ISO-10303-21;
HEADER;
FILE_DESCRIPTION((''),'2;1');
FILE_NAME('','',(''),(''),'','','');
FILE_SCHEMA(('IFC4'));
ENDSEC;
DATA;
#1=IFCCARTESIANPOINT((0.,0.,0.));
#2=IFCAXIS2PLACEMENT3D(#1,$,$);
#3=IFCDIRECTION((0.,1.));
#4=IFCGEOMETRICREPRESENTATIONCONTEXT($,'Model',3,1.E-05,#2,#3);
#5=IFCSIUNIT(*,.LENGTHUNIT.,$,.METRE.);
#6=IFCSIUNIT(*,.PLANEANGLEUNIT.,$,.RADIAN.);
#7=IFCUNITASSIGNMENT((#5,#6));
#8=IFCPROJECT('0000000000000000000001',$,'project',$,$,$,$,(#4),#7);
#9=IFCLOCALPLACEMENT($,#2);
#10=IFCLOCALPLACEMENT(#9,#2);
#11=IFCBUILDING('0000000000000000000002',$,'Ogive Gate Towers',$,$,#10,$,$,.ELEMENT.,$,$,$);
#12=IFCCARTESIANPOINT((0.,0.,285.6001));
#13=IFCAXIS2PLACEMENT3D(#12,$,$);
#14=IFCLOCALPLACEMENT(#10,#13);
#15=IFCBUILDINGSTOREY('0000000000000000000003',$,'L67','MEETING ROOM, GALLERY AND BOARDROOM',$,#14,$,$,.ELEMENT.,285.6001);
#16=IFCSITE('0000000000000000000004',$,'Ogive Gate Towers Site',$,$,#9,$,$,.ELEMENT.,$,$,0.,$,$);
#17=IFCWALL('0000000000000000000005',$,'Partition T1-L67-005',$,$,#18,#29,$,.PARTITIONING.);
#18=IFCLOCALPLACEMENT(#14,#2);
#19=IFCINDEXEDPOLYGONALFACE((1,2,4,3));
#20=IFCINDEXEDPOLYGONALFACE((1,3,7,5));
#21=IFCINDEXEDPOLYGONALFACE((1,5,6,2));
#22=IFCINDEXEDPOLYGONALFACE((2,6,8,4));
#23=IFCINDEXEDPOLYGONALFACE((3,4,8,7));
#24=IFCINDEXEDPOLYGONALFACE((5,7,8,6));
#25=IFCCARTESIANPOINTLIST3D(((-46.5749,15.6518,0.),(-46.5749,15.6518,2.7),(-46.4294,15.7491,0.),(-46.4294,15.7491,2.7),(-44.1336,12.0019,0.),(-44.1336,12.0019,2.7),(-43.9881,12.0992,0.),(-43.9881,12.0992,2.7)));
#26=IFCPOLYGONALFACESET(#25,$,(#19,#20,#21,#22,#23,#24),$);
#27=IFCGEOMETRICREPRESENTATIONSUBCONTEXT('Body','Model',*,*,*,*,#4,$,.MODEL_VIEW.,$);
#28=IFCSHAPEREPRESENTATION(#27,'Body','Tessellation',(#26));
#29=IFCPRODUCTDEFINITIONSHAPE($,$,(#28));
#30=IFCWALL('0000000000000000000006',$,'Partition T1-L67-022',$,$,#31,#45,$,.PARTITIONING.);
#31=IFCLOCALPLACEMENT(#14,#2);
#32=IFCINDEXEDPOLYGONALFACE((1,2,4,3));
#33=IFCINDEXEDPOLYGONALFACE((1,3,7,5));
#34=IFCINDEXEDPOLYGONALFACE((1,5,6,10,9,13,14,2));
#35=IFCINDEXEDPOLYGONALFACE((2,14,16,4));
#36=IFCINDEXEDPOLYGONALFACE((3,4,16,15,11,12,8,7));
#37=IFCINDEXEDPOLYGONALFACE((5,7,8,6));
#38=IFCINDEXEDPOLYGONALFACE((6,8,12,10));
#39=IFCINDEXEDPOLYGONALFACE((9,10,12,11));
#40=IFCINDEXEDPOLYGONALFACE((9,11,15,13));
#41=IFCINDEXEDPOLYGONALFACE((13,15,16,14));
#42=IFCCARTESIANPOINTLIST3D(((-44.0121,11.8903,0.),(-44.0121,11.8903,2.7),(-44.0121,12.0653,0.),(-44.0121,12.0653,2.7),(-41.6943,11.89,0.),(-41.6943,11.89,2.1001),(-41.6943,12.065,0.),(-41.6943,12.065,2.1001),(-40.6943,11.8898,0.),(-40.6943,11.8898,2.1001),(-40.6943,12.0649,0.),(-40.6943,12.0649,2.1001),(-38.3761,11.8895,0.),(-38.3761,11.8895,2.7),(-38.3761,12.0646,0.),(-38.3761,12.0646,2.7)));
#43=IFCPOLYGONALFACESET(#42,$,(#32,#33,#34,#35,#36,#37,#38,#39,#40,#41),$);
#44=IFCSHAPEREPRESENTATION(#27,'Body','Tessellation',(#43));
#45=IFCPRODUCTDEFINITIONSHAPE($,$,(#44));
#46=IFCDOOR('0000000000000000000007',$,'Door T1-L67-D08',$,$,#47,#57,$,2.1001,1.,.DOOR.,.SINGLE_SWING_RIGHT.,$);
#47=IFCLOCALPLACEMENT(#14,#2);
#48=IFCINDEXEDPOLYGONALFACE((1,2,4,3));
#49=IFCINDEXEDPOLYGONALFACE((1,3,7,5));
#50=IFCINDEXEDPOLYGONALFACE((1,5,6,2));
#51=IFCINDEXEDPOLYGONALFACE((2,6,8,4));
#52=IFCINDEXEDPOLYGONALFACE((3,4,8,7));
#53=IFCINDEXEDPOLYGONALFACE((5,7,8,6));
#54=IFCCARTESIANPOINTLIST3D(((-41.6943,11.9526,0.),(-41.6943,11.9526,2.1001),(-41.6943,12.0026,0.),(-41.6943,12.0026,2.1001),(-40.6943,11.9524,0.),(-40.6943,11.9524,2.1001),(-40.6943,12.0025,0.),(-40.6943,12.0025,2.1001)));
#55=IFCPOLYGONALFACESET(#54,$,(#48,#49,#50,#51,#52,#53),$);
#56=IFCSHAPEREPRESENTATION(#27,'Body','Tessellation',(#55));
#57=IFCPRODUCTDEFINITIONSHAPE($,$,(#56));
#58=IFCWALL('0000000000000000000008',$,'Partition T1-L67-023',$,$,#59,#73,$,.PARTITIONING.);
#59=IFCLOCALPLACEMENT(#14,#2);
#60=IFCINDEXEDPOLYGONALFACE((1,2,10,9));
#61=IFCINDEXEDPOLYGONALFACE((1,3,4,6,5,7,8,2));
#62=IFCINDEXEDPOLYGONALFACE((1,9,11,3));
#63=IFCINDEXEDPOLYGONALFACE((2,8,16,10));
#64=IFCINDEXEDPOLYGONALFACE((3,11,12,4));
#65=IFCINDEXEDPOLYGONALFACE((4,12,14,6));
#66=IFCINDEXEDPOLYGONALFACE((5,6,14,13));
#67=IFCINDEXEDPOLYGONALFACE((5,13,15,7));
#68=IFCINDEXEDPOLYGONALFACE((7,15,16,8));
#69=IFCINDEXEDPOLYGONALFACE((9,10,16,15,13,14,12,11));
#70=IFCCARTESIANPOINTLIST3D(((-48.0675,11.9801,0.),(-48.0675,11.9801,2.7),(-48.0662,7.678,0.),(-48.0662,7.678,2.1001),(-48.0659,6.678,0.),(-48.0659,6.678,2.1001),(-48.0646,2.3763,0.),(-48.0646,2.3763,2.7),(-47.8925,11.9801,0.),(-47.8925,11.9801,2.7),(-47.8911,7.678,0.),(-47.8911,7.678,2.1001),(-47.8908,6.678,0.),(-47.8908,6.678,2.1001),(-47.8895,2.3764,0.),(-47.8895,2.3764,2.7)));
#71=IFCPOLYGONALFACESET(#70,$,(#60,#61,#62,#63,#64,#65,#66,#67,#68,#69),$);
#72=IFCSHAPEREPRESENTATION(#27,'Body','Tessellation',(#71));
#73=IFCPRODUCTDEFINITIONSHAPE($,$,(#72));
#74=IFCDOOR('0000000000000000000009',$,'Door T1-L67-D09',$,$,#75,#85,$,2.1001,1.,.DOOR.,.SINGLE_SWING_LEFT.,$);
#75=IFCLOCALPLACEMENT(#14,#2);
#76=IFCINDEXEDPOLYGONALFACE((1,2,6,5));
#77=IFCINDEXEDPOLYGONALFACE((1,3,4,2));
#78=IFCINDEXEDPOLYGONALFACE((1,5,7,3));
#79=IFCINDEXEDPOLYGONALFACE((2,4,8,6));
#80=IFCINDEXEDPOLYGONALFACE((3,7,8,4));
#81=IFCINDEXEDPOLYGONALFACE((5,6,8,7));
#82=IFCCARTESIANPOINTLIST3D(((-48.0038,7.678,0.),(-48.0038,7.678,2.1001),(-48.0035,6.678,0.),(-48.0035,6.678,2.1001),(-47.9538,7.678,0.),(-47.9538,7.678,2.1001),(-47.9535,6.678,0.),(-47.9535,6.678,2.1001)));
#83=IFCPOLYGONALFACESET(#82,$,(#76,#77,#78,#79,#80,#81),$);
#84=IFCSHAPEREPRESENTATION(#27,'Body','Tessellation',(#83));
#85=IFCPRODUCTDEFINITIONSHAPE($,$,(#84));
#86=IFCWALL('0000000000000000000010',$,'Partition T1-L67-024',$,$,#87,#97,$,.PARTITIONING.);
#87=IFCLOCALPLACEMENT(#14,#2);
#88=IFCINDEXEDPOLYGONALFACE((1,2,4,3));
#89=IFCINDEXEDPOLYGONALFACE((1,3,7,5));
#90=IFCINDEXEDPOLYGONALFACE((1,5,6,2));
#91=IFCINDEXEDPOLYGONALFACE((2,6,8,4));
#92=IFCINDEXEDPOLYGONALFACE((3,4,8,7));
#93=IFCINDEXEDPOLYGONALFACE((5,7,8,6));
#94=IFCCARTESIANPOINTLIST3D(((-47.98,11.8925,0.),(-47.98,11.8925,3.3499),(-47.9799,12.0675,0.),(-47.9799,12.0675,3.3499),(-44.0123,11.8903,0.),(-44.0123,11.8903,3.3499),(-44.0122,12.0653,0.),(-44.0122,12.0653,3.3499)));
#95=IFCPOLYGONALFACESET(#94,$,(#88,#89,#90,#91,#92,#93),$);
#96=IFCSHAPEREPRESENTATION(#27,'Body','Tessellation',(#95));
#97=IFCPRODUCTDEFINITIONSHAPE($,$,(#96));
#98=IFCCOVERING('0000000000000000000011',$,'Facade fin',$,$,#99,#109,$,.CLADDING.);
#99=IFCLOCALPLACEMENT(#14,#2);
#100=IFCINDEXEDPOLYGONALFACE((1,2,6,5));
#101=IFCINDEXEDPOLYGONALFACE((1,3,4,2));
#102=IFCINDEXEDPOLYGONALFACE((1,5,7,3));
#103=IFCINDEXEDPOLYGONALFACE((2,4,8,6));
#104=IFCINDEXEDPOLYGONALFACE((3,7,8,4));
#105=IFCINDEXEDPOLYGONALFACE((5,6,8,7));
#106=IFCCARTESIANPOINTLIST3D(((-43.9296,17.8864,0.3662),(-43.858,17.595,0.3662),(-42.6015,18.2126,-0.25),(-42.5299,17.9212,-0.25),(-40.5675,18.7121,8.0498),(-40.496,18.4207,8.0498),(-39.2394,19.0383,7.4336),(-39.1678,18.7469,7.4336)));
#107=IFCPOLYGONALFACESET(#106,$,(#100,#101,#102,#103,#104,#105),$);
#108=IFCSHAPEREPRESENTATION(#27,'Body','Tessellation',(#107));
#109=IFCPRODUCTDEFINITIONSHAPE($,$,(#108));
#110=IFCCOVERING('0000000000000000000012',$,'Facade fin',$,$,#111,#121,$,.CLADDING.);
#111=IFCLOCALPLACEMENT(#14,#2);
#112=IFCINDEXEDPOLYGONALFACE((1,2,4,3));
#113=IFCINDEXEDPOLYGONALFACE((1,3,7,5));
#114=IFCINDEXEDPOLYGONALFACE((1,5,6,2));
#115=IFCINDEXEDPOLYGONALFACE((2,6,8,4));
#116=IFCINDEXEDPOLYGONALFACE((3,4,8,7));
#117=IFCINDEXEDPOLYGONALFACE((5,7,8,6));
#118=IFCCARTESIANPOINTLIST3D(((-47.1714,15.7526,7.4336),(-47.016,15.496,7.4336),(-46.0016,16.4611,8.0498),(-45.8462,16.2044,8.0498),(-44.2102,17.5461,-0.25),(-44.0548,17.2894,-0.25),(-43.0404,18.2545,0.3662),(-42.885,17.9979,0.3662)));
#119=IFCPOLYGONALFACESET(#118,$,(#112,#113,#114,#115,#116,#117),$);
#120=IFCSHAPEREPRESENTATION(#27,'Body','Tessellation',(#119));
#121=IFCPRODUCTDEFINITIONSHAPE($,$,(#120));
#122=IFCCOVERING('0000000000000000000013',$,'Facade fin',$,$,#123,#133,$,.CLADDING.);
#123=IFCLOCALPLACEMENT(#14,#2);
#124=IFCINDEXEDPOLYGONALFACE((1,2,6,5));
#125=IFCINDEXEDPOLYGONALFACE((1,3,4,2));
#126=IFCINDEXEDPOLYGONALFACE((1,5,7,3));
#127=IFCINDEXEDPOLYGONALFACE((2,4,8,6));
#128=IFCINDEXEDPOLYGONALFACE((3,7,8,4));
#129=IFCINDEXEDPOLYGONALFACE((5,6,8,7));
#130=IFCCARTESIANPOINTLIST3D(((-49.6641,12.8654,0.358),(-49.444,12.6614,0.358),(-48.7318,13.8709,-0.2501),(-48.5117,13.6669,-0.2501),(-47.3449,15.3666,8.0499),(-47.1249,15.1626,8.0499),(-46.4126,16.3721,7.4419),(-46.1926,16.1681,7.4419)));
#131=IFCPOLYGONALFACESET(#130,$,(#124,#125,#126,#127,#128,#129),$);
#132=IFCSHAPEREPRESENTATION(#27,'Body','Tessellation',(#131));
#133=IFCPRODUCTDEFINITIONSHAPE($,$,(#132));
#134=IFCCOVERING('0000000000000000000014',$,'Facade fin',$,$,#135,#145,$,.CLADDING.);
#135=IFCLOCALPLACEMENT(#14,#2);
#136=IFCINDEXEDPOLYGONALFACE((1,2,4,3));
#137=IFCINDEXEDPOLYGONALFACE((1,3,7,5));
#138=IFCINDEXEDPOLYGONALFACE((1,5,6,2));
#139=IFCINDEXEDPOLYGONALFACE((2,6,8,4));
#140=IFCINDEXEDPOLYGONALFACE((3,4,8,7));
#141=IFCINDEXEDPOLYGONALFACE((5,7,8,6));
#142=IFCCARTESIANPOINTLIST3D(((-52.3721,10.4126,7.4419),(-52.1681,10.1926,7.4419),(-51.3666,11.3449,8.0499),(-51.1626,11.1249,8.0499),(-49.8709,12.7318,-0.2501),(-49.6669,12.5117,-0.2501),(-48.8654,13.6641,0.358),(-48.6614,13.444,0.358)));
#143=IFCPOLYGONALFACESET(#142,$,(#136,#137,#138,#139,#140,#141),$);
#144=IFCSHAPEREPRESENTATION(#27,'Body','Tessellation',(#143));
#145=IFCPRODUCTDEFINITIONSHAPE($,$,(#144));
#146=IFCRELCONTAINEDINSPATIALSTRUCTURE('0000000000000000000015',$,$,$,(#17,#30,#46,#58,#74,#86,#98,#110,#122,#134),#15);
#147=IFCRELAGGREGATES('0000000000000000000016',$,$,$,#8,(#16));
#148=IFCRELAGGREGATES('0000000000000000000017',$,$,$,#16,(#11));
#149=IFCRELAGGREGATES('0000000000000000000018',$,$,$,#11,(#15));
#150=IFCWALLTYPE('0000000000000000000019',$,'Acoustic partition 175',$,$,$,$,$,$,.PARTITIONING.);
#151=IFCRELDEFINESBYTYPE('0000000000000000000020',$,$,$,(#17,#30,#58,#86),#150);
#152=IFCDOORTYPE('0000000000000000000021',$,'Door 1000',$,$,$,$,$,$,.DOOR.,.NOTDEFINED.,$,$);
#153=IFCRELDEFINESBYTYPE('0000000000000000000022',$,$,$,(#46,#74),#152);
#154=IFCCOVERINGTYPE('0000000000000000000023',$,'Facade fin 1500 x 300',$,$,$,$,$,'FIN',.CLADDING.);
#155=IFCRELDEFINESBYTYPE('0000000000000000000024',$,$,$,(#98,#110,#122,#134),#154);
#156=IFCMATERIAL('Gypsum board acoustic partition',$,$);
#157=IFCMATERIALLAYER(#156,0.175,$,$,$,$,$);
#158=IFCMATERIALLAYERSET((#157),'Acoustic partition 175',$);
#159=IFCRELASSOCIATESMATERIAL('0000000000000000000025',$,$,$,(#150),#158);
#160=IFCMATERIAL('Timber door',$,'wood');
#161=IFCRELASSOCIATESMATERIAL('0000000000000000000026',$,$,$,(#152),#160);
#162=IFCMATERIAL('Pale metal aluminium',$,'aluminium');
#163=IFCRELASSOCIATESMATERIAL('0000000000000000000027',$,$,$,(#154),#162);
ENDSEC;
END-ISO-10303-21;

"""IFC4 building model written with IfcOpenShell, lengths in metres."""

from ifc_helpers import new_model, si_unit, direction, frame, frame_2d, origin, origin_2d, place, context, subcontext, project, spatial, rectangle, extrude, material, layer, layer_set, material_profile, profile_set, type_object, element, fill, save


model = new_model("IFC4")

# Units and contexts
model_context = context("Model", 3, precision=1e-05, world=origin(), true_north=direction((0.0, 1.0)))
body_context = subcontext(model_context, "Body", "Model", "MODEL_VIEW")
ifc_project = project(units=[si_unit("LENGTHUNIT", "METRE"), si_unit("PLANEANGLEUNIT", "RADIAN")], contexts=[model_context])

# Site, building, storey
site_placement = place(None, origin())
site = spatial("IfcSite", under=ifc_project, at=site_placement, Name="Ogive Gate Towers Site", CompositionType="ELEMENT", RefElevation=0.0)
building_placement = place(site_placement, origin())
building = spatial("IfcBuilding", under=site, at=building_placement, Name="Ogive Gate Towers", CompositionType="ELEMENT")
storey_placement = place(building_placement, frame((0.0, 0.0, 285.6001)))
storey = spatial("IfcBuildingStorey", under=building, at=storey_placement, Name="L67", Description="MEETING ROOM, GALLERY AND BOARDROOM", CompositionType="ELEMENT", Elevation=285.6001)

# Shared definitions
ifc_material_1 = material(Name="Pale metal aluminium", Category="aluminium")

# Wall
ifc_material_2 = material(Name="Gypsum board acoustic partition")
ifc_layer_1 = layer(ifc_material_2, 0.175)
ifc_layer_set_1 = layer_set([ifc_layer_1], Name="Acoustic partition 175")
wall_type = type_object("IfcWallType", Name="Acoustic partition 175", PredefinedType="PARTITIONING", material=ifc_layer_set_1)
wall_1_placement = place(storey_placement, frame((-46.5022, 15.7004, 0.0), z_axis=(0.0, 0.0, 1.0), x_axis=(0.555983, -0.831194, 0.0)))
element("IfcWall", 1, at=wall_1_placement, inside=storey, type_object=wall_type, Name="Partition T1-L67-005", PredefinedType="PARTITIONING", context=body_context, shape_type="SweptSolid", body=[
    extrude(rectangle(XDim=4.3911, YDim=0.175, at=frame_2d((2.1956, 0.0))), origin(), (0.0, 0.0, 1.0), 2.7),
])

# Walls, openings, doors
wall_2_placement = place(storey_placement, frame((-38.3762, 11.9771, 0.0), z_axis=(0.0, 0.0, 1.0), x_axis=(-1.0, 0.00013, 0.0)))
wall_2 = element("IfcWall", 2, at=wall_2_placement, inside=storey, type_object=wall_type, Name="Partition T1-L67-022", PredefinedType="PARTITIONING", context=body_context, shape_type="SweptSolid", body=[
    extrude(rectangle(XDim=5.636, YDim=0.175, at=frame_2d((2.8179, 0.0))), origin(), (0.0, 0.0, 1.0), 2.7),
])
opening_1_placement = place(wall_2_placement, frame((2.3181, 0.0, 0.0)))
opening_1 = element("IfcOpeningElement", 3, at=opening_1_placement, cuts=wall_2, PredefinedType="OPENING", context=body_context, shape_type="SweptSolid", body=[
    extrude(rectangle(XDim=1.0, YDim=2.1001, at=frame_2d((0.5, 1.05))), frame((0.0, 0.0977, 0.0), z_axis=(0.0, -1.0, 0.0), x_axis=(1.0, 0.0, 0.0)), (0.0, 0.0, 1.0), 0.1951),
])
ifc_material_3 = material(Name="Timber door", Category="wood")
door_type = type_object("IfcDoorType", Name="Door 1000", OperationType="NOTDEFINED", PredefinedType="DOOR", material=ifc_material_3)
door_1_placement = place(opening_1_placement, origin())
door_1 = element("IfcDoor", 4, at=door_1_placement, inside=storey, type_object=door_type, Name="Door T1-L67-D08", OperationType="SINGLE_SWING_RIGHT", OverallHeight=2.1001, OverallWidth=1.0, PredefinedType="DOOR", context=body_context, shape_type="SweptSolid", body=[
    extrude(rectangle(XDim=1.0, YDim=2.1001, at=frame_2d((0.5, 1.05))), frame((0.0, 0.0249, 0.0), z_axis=(0.0, -1.0, 0.0), x_axis=(1.0, 0.0, 0.0)), (0.0, 0.0, 1.0), 0.05),
])
fill(opening_1, door_1)
wall_3_placement = place(storey_placement, frame((-47.98, 11.98, 0.0), z_axis=(0.0, 0.0, 1.0), x_axis=(0.000305, -1.0, 0.0)))
wall_3 = element("IfcWall", 5, at=wall_3_placement, inside=storey, type_object=wall_type, Name="Partition T1-L67-023", PredefinedType="PARTITIONING", context=body_context, shape_type="SweptSolid", body=[
    extrude(rectangle(XDim=9.6038, YDim=0.175, at=frame_2d((4.8018, 0.0))), origin(), (0.0, 0.0, 1.0), 2.7),
])
opening_2_placement = place(wall_3_placement, frame((4.302, 0.0, 0.0)))
opening_2 = element("IfcOpeningElement", 6, at=opening_2_placement, cuts=wall_3, PredefinedType="OPENING", context=body_context, shape_type="SweptSolid", body=[
    extrude(rectangle(XDim=1.0, YDim=2.1001, at=frame_2d((0.5, 1.05))), frame((0.0, 0.0977, 0.0), z_axis=(0.0, -1.0, 0.0), x_axis=(1.0, 0.0, 0.0)), (0.0, 0.0, 1.0), 0.1951),
])
door_2_placement = place(opening_2_placement, origin())
door_2 = element("IfcDoor", 7, at=door_2_placement, inside=storey, type_object=door_type, Name="Door T1-L67-D09", OperationType="SINGLE_SWING_LEFT", OverallHeight=2.1001, OverallWidth=1.0, PredefinedType="DOOR", context=body_context, shape_type="SweptSolid", body=[
    extrude(rectangle(XDim=1.0, YDim=2.1001, at=frame_2d((0.5, 1.05))), frame((0.0, 0.0249, 0.0), z_axis=(0.0, -1.0, 0.0), x_axis=(1.0, 0.0, 0.0)), (0.0, 0.0, 1.0), 0.05),
])
fill(opening_2, door_2)

# Wall
wall_4_placement = place(storey_placement, frame((-44.0122, 11.9778, 0.0), z_axis=(0.0, 0.0, 1.0), x_axis=(-1.0, 0.000554, 0.0)))
element("IfcWall", 8, at=wall_4_placement, inside=storey, type_object=wall_type, Name="Partition T1-L67-024", PredefinedType="PARTITIONING", context=body_context, shape_type="SweptSolid", body=[
    extrude(rectangle(XDim=3.9678, YDim=0.175, at=frame_2d((1.9839, 0.0))), origin(), (0.0, 0.0, 1.0), 3.3499),
])

# Coverings
ifc_material_profile_1 = material_profile(ifc_material_1, rectangle(XDim=0.3, YDim=1.5, at=origin_2d()), Name="1500 x 300 pale metal aluminium")
ifc_profile_set_1 = profile_set([ifc_material_profile_1], Name="Pale metal aluminium")
covering_type = type_object("IfcCoveringType", Name="Facade fin 1500 x 300", ElementType="FIN", PredefinedType="CLADDING", material=ifc_profile_set_1)
for number, where, z_axis, x_axis, name in (
    (9, (-43.2297, 17.9038, 0.0581), (0.398939, 0.097975, 0.911728), (-0.238501, 0.971142, 0.0), "Facade fin"),
    (10, (-43.5476, 17.772, 0.0581), (-0.351371, -0.21281, 0.911729), (0.518048, -0.855351, 0.0), "Facade fin"),
):
    element("IfcCovering", number, at=place(storey_placement, frame(where, z_axis=z_axis, x_axis=x_axis)), inside=storey, type_object=covering_type, Name=name, PredefinedType="CLADDING", context=body_context, shape_type="SweptSolid", body=[
        extrude(rectangle(XDim=0.3, YDim=1.5, at=origin_2d()), origin(), (0.0, 0.0, 1.0), 8.4275),
    ])
for number, where, z_axis, x_axis, name in (
    (11, (-49.0879, 13.2661, 0.054), (0.275615, 0.29726, 0.914151), (-0.733301, 0.679905, 0.0), "Facade fin"),
    (12, (-49.2661, 13.0879, 0.054), (-0.29726, -0.275615, 0.914151), (0.679905, -0.733301, 0.0), "Facade fin"),
):
    element("IfcCovering", number, at=place(storey_placement, frame(where, z_axis=z_axis, x_axis=x_axis)), inside=storey, type_object=covering_type, Name=name, PredefinedType="CLADDING", context=body_context, shape_type="SweptSolid", body=[
        extrude(rectangle(XDim=0.3, YDim=1.5, at=origin_2d()), origin(), (0.0, 0.0, 1.0), 8.4143),
    ])

save(model, "model.ifc")
